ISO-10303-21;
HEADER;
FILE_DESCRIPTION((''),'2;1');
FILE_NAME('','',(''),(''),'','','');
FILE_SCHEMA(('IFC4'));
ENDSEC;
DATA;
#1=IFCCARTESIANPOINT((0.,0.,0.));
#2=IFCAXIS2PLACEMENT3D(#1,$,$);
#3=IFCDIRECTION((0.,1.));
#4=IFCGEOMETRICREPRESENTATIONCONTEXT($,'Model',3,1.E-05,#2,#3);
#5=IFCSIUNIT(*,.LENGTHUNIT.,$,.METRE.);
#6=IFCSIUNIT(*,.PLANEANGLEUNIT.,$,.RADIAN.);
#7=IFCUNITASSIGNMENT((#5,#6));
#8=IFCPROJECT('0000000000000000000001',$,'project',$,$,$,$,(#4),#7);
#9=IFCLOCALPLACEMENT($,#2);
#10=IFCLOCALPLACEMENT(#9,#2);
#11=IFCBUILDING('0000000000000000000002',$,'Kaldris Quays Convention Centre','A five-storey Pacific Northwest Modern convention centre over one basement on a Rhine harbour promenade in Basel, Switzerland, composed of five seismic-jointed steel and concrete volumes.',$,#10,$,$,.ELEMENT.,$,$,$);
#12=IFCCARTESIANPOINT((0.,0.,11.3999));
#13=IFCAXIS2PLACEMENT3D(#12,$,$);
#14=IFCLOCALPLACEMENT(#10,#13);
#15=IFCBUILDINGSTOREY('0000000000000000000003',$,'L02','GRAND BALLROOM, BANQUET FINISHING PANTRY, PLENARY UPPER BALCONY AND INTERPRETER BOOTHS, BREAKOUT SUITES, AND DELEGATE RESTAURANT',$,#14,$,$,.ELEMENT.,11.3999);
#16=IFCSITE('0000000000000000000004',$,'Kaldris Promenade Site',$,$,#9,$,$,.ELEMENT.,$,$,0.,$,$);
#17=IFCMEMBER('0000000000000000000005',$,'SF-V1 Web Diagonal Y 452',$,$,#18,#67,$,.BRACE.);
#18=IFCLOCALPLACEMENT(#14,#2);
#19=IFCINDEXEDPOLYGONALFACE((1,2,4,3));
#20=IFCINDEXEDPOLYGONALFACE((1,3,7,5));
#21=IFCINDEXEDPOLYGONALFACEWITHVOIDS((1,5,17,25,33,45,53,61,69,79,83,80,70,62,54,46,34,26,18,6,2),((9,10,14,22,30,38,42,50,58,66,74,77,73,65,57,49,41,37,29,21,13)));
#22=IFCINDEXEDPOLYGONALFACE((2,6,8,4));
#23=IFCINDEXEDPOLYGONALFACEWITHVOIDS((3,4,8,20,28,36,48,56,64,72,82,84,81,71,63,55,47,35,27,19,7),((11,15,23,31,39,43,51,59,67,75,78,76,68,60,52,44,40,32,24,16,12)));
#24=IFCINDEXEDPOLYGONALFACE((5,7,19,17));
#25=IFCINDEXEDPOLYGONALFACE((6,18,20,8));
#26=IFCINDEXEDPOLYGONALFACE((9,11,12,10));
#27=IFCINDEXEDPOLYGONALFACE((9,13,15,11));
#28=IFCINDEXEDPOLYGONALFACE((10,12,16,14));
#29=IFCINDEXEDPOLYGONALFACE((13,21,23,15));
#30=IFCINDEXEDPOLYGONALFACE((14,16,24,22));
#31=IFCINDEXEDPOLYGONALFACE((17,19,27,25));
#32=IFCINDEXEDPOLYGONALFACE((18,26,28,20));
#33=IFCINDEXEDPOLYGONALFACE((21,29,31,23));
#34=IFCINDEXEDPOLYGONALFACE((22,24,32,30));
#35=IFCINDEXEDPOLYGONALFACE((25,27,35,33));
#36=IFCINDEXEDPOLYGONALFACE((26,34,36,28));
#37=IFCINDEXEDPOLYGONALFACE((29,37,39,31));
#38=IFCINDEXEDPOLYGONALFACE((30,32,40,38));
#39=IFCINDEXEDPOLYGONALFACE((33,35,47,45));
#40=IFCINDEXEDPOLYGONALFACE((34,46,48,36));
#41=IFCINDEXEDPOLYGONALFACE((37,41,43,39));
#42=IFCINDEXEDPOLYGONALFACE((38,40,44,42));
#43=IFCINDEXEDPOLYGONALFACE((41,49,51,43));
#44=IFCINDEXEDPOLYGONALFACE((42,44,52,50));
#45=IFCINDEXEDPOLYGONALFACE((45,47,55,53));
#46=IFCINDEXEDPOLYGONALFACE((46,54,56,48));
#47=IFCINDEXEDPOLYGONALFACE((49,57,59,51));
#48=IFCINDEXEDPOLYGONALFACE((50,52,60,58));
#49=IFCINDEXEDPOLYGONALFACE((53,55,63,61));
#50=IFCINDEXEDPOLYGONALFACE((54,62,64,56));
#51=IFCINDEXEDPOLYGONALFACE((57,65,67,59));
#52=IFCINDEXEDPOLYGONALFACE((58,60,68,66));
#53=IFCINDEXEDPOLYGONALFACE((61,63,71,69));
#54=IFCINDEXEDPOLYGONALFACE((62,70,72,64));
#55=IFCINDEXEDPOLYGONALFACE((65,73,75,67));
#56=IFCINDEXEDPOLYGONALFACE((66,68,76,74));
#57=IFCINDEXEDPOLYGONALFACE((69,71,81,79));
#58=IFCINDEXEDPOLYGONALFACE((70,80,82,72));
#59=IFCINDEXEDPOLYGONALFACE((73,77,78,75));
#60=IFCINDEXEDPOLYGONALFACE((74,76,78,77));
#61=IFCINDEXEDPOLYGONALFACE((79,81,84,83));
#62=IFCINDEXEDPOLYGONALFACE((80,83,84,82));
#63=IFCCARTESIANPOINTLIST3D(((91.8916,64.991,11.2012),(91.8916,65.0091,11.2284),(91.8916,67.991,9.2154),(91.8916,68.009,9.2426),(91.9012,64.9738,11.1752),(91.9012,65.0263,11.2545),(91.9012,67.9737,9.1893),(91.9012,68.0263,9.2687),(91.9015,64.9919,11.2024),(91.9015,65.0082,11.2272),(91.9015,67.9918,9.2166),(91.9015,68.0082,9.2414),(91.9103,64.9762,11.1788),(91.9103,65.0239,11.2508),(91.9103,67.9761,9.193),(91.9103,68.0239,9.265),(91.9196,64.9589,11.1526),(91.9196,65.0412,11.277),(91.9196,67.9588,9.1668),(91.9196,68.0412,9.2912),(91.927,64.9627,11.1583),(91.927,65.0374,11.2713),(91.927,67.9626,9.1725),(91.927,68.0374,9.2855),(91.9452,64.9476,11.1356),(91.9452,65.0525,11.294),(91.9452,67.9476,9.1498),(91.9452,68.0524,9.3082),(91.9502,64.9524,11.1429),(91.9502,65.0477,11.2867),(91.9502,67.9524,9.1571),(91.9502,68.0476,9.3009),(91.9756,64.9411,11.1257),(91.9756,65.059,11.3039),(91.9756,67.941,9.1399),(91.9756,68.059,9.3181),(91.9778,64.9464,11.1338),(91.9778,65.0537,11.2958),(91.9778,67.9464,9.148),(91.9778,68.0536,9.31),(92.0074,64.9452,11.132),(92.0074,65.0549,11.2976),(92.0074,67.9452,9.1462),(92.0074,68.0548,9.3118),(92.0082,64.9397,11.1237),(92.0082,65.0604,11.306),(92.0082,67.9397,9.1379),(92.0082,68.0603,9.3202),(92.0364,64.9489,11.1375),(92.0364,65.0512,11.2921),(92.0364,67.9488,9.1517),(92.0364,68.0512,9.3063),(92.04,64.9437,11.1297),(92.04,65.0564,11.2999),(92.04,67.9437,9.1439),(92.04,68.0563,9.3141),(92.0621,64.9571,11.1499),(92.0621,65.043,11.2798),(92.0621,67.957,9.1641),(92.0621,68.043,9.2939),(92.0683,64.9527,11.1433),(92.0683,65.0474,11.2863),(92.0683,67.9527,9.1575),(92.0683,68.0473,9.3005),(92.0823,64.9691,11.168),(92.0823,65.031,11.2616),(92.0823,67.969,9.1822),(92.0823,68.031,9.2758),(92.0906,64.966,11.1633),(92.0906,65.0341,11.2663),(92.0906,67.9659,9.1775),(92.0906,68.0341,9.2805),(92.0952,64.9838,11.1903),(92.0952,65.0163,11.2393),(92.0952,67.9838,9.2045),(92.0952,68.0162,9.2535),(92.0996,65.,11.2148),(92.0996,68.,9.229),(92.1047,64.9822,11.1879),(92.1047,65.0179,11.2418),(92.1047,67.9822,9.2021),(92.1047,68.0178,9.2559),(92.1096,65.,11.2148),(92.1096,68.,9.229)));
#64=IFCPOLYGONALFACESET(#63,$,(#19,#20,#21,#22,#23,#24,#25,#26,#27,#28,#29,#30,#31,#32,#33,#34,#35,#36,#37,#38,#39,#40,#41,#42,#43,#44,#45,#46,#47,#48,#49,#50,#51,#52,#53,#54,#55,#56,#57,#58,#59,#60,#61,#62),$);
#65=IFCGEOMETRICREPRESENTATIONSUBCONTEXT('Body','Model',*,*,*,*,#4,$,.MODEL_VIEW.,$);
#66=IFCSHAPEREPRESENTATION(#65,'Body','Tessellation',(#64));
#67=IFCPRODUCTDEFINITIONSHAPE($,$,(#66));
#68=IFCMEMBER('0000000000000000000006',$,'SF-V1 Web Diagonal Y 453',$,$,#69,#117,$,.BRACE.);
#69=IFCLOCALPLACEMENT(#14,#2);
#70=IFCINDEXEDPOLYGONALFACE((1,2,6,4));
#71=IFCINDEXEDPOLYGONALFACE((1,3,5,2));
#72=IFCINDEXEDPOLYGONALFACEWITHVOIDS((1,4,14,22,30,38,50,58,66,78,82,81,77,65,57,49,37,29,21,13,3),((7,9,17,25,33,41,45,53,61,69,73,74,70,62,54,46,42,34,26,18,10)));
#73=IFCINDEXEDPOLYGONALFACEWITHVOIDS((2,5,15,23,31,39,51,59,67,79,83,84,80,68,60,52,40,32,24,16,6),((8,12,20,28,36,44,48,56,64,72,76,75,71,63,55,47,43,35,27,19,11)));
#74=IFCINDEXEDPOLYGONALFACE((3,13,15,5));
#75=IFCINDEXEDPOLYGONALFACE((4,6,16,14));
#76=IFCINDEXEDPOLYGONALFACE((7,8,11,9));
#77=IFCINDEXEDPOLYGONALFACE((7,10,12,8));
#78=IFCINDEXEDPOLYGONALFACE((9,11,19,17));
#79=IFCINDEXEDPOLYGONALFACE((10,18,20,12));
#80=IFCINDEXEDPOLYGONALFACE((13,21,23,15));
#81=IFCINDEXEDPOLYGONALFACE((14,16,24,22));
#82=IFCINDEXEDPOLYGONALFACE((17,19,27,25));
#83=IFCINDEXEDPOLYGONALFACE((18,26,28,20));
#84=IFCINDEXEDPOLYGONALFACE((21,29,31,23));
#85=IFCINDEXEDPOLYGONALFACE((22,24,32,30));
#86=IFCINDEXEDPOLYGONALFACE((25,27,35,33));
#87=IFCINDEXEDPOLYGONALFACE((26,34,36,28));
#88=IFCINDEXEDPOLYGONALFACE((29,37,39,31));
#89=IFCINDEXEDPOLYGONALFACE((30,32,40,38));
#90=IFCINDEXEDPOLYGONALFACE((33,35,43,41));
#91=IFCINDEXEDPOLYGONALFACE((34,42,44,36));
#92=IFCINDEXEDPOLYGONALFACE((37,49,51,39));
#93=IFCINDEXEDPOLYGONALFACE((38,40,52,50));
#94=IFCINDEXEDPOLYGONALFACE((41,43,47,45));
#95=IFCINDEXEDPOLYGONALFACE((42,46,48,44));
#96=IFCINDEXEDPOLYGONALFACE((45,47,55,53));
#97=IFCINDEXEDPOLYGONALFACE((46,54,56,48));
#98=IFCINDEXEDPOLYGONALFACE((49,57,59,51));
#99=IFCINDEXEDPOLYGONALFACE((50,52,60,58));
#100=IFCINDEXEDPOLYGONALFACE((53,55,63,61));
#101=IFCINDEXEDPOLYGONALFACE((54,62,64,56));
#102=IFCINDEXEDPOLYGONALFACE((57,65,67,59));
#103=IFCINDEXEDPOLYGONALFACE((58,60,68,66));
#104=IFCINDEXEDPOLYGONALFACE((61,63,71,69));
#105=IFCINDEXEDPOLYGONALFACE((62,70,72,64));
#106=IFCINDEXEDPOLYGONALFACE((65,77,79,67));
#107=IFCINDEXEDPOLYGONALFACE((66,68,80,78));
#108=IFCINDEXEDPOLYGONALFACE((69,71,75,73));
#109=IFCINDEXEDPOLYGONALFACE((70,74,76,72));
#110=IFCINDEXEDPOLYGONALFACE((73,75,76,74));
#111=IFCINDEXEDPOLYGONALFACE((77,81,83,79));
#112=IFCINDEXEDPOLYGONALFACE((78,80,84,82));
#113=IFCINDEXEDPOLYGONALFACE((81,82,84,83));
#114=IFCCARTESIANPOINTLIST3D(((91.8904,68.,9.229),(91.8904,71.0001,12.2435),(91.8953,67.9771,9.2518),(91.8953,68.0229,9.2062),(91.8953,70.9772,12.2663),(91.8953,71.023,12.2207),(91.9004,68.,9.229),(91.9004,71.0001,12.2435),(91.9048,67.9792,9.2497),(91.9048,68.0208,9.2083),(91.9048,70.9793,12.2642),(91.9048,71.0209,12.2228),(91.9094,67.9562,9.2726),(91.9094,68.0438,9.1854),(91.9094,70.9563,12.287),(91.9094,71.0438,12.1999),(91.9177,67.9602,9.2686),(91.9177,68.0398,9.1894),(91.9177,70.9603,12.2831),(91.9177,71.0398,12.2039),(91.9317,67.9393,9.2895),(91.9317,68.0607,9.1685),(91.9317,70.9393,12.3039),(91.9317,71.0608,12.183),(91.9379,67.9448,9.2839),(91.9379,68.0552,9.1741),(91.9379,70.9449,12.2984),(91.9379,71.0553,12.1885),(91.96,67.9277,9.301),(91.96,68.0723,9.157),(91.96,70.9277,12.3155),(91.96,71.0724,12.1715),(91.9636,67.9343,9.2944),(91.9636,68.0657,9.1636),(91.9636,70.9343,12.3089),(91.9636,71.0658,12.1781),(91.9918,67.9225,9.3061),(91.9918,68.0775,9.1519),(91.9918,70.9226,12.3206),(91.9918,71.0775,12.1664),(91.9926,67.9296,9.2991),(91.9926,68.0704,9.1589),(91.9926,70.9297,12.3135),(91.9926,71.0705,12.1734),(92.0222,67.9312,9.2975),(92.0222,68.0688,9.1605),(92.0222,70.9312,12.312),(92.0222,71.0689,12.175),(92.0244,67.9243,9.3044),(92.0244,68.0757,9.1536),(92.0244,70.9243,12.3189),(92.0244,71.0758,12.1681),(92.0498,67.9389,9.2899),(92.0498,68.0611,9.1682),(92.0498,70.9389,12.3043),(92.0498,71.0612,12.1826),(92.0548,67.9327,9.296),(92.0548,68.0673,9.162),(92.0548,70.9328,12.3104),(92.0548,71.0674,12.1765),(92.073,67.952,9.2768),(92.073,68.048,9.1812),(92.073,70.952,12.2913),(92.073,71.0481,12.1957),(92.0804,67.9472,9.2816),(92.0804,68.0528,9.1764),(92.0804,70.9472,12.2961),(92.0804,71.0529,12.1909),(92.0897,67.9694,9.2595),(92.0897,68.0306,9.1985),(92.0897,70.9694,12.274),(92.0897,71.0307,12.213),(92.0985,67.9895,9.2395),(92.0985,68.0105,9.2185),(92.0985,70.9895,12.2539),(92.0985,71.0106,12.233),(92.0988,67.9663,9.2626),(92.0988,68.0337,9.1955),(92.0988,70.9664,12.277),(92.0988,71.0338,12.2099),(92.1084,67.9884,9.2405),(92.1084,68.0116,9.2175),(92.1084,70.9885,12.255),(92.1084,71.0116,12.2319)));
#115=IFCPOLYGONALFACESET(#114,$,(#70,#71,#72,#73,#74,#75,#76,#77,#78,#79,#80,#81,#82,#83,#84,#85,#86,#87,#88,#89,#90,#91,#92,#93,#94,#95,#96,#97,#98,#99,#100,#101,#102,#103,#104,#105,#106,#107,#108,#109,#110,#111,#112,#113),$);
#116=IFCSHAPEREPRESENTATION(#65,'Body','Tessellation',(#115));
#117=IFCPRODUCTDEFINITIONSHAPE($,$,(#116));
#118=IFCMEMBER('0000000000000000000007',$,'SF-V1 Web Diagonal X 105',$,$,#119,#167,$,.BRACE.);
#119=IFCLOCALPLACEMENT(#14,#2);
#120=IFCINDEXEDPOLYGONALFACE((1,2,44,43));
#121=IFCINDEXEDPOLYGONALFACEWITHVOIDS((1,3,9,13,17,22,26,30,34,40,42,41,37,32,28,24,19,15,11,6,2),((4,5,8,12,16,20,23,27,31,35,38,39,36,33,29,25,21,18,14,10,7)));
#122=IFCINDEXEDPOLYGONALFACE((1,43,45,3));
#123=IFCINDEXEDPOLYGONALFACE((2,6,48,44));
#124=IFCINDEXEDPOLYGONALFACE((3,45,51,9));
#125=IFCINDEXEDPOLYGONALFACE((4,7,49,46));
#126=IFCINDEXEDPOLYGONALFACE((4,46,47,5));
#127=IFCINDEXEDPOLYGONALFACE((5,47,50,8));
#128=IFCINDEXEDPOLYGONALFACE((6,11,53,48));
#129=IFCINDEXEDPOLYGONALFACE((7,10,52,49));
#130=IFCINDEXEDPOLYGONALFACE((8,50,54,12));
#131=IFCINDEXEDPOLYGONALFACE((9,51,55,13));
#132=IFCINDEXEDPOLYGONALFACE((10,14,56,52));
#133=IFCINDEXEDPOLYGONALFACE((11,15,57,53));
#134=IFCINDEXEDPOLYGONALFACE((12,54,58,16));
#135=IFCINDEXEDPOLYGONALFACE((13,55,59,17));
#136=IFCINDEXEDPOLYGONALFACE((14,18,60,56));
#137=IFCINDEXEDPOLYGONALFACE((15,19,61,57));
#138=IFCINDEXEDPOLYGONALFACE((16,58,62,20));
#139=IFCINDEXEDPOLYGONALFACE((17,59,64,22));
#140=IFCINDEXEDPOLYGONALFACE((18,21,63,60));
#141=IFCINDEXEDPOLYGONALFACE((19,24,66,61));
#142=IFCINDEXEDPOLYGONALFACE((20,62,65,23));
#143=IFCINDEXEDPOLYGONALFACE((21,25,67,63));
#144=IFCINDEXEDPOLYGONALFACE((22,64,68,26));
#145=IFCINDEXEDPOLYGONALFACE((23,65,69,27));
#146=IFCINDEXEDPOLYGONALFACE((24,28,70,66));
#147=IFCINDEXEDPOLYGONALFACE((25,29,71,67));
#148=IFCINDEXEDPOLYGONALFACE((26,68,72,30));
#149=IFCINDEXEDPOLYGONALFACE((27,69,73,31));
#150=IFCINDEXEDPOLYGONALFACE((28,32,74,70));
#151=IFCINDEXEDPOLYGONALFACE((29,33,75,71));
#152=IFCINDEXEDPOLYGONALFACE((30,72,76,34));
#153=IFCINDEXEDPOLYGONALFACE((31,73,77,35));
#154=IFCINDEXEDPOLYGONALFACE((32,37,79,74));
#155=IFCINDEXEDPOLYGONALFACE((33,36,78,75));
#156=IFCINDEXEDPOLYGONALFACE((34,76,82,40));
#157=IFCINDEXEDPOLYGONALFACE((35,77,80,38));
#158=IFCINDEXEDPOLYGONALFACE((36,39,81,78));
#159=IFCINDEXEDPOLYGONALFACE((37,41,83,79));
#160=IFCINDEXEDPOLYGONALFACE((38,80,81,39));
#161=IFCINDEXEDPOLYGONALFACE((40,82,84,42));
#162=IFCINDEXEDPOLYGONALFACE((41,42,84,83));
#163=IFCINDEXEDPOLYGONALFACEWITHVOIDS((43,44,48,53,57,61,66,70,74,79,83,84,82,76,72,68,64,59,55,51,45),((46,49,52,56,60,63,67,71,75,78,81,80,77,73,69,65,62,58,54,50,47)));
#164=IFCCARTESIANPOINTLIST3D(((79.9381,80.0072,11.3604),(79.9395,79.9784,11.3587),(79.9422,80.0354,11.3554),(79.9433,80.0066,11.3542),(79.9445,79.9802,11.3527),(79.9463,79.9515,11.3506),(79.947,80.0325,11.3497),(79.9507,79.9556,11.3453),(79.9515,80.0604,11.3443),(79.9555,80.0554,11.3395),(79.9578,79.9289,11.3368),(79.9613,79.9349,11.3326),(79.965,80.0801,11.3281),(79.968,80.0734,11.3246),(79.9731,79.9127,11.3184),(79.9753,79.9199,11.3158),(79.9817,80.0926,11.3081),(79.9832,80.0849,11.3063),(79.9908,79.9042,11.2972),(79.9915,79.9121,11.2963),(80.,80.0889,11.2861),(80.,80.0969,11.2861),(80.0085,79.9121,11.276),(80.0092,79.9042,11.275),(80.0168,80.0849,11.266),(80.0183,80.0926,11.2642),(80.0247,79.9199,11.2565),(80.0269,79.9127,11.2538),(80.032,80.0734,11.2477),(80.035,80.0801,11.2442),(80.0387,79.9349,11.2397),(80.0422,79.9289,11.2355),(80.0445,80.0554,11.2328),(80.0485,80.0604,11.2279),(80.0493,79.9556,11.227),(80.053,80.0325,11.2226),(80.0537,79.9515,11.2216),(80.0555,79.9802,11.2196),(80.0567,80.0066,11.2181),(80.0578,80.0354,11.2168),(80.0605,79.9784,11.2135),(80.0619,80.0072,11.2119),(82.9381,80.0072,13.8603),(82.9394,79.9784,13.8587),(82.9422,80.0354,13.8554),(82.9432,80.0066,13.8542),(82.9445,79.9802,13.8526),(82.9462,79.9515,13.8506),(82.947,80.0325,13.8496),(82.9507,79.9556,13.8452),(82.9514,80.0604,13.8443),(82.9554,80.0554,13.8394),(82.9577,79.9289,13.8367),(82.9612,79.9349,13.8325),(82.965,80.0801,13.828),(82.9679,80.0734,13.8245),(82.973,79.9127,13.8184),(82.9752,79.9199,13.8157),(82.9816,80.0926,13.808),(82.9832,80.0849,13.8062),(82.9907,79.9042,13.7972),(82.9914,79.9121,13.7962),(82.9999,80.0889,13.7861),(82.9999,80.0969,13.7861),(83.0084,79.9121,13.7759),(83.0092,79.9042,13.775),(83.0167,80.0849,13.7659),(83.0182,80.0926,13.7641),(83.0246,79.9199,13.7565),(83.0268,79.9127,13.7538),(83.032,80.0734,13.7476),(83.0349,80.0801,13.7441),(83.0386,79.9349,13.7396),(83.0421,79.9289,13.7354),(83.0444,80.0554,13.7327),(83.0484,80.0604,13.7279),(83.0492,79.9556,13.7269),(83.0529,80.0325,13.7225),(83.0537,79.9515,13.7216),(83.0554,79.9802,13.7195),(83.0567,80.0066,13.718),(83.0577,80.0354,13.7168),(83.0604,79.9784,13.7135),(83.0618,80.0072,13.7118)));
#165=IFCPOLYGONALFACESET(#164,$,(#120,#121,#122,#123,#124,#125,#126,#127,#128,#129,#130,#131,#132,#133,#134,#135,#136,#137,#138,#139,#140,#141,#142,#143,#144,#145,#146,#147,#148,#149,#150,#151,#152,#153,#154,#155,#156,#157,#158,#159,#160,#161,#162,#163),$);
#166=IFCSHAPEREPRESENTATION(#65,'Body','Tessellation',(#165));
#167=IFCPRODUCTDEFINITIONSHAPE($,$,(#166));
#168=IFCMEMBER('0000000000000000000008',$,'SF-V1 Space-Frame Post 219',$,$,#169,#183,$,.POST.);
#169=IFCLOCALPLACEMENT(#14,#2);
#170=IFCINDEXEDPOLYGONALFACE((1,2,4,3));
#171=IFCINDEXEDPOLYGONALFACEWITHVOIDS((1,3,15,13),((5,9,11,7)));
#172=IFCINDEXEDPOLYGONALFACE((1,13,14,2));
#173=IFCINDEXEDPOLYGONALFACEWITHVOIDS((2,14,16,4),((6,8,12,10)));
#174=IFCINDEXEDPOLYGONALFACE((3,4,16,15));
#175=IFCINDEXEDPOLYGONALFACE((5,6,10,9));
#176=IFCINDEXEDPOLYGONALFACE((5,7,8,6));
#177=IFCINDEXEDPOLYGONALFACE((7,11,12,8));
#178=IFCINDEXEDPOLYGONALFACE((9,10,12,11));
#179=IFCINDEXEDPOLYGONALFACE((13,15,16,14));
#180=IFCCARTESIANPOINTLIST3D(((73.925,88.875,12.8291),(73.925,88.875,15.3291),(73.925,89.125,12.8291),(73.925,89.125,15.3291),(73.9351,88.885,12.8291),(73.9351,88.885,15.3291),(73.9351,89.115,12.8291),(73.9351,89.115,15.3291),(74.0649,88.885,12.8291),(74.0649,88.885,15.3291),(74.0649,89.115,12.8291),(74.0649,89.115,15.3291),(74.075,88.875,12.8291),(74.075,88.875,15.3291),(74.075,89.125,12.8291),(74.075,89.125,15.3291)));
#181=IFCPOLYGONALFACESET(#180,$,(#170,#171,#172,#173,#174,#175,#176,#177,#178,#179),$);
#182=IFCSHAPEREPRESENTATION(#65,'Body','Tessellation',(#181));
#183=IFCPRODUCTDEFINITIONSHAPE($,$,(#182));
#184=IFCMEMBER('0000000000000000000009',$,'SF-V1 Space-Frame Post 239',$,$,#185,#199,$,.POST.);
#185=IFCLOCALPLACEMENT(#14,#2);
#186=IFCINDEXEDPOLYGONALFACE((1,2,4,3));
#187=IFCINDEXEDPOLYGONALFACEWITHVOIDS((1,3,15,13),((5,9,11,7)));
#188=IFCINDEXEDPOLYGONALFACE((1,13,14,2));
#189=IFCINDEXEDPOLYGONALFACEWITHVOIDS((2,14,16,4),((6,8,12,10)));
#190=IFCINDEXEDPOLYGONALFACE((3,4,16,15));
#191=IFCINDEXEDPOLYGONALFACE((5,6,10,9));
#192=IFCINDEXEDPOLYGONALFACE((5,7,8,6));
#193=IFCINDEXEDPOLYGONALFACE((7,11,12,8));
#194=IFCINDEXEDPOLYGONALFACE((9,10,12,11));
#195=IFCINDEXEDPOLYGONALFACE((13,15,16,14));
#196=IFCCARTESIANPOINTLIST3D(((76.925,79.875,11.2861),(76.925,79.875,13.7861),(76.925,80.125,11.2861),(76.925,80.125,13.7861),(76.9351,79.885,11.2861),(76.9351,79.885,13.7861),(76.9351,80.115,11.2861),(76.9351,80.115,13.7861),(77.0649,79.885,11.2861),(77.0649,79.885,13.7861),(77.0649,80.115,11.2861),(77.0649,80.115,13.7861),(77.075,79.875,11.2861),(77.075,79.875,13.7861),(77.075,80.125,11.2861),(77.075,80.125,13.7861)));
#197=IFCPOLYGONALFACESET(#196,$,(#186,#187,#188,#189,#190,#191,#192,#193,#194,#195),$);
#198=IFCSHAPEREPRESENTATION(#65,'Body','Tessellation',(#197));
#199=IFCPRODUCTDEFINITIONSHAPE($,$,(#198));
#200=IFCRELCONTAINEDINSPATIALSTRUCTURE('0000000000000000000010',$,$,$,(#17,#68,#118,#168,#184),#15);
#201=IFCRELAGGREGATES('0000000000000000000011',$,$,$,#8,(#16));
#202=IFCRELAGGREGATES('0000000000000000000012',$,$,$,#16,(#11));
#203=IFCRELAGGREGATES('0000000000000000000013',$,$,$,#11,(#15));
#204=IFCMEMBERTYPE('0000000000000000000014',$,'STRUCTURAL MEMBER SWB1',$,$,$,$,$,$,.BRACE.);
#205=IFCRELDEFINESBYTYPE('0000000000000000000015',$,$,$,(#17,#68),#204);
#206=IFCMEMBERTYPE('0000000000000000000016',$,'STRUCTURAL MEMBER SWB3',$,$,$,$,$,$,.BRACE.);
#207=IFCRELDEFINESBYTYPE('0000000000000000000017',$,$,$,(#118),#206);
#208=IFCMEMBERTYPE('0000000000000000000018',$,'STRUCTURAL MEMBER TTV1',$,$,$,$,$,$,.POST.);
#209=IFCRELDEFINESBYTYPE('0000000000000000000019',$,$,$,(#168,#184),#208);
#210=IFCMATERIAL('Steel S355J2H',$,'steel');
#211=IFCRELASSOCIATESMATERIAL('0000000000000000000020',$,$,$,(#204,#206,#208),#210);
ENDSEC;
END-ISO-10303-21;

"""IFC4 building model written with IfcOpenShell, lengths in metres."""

from ifc_helpers import new_model, si_unit, direction, frame, origin, origin_2d, place, context, subcontext, project, spatial, hollow_rectangle, hollow_circle, extrude, material, material_profile, profile_set, type_object, element, save


model = new_model("IFC4")

# Units and contexts
model_context = context("Model", 3, precision=1e-05, world=origin(), true_north=direction((0.0, 1.0)))
body_context = subcontext(model_context, "Body", "Model", "MODEL_VIEW")
ifc_project = project(units=[si_unit("LENGTHUNIT", "METRE"), si_unit("PLANEANGLEUNIT", "RADIAN")], contexts=[model_context])

# Site, building, storey
site_placement = place(None, origin())
site = spatial("IfcSite", under=ifc_project, at=site_placement, Name="Kaldris Promenade Site", CompositionType="ELEMENT", RefElevation=0.0)
building_placement = place(site_placement, origin())
building = spatial("IfcBuilding", under=site, at=building_placement, Name="Kaldris Quays Convention Centre", Description="A five-storey Pacific Northwest Modern convention centre over one basement on a Rhine harbour promenade in Basel, Switzerland, composed of five seismic-jointed steel and concrete volumes.", CompositionType="ELEMENT")
storey_placement = place(building_placement, frame((0.0, 0.0, 11.3999)))
storey = spatial("IfcBuildingStorey", under=building, at=storey_placement, Name="L02", Description="GRAND BALLROOM, BANQUET FINISHING PANTRY, PLENARY UPPER BALCONY AND INTERPRETER BOOTHS, BREAKOUT SUITES, AND DELEGATE RESTAURANT", CompositionType="ELEMENT", Elevation=11.3999)

# Members
ifc_material = material(Name="Steel S355J2H", Category="steel")
ifc_material_profile_1 = material_profile(ifc_material, hollow_circle(Radius=0.1096, WallThickness=0.01, at=origin_2d()), Name="CHS 219.1x10")
ifc_profile_set_1 = profile_set([ifc_material_profile_1], Name="Steel S355J2H")
member_type_1 = type_object("IfcMemberType", Name="STRUCTURAL MEMBER SWB1", PredefinedType="BRACE", material=ifc_profile_set_1)
member_1_placement = place(storey_placement, frame((92.0, 68.0, 9.229), z_axis=(0.0, -0.833862, 0.551972), x_axis=(1.0, 0.0, 0.0)))
element("IfcMember", 1, at=member_1_placement, inside=storey, type_object=member_type_1, Name="SF-V1 Web Diagonal Y 452", PredefinedType="BRACE", context=body_context, shape_type="SweptSolid", body=[
    extrude(hollow_circle(Radius=0.1096, WallThickness=0.01, at=origin_2d()), origin(), (0.0, 0.0, 1.0), 3.5977),
])
member_2_placement = place(storey_placement, frame((92.0, 68.0, 9.229), z_axis=(0.0, 0.705411, 0.708798), x_axis=(-1.0, 0.0, 0.0)))
element("IfcMember", 2, at=member_2_placement, inside=storey, type_object=member_type_1, Name="SF-V1 Web Diagonal Y 453", PredefinedType="BRACE", context=body_context, shape_type="SweptSolid", body=[
    extrude(hollow_circle(Radius=0.1096, WallThickness=0.01, at=origin_2d()), origin(), (0.0, 0.0, 1.0), 4.2529),
])
ifc_material_profile_2 = material_profile(ifc_material, hollow_circle(Radius=0.0969, WallThickness=0.0081, at=origin_2d()), Name="CHS 193.7x8")
ifc_profile_set_2 = profile_set([ifc_material_profile_2], Name="Steel S355J2H")
member_type_2 = type_object("IfcMemberType", Name="STRUCTURAL MEMBER SWB3", PredefinedType="BRACE", material=ifc_profile_set_2)
member_3_placement = place(storey_placement, frame((80.0, 80.0, 11.2861), z_axis=(0.768221, 0.0, 0.640184), x_axis=(0.0, 1.0, 0.0)))
element("IfcMember", 3, at=member_3_placement, inside=storey, type_object=member_type_2, Name="SF-V1 Web Diagonal X 105", PredefinedType="BRACE", context=body_context, shape_type="SweptSolid", body=[
    extrude(hollow_circle(Radius=0.0969, WallThickness=0.0081, at=origin_2d()), origin(), (0.0, 0.0, 1.0), 3.905),
])
ifc_material_profile_3 = material_profile(ifc_material, hollow_rectangle(XDim=0.1499, YDim=0.25, WallThickness=0.01, at=origin_2d()), Name="RHS 250x150x10")
ifc_profile_set_3 = profile_set([ifc_material_profile_3], Name="Steel S355J2H")
member_type_3 = type_object("IfcMemberType", Name="STRUCTURAL MEMBER TTV1", PredefinedType="POST", material=ifc_profile_set_3)
for number, where, z_axis, x_axis, name in (
    (4, (74.0, 89.0, 12.8291), (0.0, 0.0, 1.0), (1.0, 0.0, 0.0), "SF-V1 Space-Frame Post 219"),
    (5, (77.0, 80.0, 11.2861), (0.0, 0.0, 1.0), (1.0, 0.0, 0.0), "SF-V1 Space-Frame Post 239"),
):
    element("IfcMember", number, at=place(storey_placement, frame(where, z_axis=z_axis, x_axis=x_axis)), inside=storey, type_object=member_type_3, Name=name, PredefinedType="POST", context=body_context, shape_type="SweptSolid", body=[
        extrude(hollow_rectangle(XDim=0.1499, YDim=0.25, WallThickness=0.01, at=origin_2d()), origin(), (0.0, 0.0, 1.0), 2.5),
    ])

save(model, "model.ifc")
